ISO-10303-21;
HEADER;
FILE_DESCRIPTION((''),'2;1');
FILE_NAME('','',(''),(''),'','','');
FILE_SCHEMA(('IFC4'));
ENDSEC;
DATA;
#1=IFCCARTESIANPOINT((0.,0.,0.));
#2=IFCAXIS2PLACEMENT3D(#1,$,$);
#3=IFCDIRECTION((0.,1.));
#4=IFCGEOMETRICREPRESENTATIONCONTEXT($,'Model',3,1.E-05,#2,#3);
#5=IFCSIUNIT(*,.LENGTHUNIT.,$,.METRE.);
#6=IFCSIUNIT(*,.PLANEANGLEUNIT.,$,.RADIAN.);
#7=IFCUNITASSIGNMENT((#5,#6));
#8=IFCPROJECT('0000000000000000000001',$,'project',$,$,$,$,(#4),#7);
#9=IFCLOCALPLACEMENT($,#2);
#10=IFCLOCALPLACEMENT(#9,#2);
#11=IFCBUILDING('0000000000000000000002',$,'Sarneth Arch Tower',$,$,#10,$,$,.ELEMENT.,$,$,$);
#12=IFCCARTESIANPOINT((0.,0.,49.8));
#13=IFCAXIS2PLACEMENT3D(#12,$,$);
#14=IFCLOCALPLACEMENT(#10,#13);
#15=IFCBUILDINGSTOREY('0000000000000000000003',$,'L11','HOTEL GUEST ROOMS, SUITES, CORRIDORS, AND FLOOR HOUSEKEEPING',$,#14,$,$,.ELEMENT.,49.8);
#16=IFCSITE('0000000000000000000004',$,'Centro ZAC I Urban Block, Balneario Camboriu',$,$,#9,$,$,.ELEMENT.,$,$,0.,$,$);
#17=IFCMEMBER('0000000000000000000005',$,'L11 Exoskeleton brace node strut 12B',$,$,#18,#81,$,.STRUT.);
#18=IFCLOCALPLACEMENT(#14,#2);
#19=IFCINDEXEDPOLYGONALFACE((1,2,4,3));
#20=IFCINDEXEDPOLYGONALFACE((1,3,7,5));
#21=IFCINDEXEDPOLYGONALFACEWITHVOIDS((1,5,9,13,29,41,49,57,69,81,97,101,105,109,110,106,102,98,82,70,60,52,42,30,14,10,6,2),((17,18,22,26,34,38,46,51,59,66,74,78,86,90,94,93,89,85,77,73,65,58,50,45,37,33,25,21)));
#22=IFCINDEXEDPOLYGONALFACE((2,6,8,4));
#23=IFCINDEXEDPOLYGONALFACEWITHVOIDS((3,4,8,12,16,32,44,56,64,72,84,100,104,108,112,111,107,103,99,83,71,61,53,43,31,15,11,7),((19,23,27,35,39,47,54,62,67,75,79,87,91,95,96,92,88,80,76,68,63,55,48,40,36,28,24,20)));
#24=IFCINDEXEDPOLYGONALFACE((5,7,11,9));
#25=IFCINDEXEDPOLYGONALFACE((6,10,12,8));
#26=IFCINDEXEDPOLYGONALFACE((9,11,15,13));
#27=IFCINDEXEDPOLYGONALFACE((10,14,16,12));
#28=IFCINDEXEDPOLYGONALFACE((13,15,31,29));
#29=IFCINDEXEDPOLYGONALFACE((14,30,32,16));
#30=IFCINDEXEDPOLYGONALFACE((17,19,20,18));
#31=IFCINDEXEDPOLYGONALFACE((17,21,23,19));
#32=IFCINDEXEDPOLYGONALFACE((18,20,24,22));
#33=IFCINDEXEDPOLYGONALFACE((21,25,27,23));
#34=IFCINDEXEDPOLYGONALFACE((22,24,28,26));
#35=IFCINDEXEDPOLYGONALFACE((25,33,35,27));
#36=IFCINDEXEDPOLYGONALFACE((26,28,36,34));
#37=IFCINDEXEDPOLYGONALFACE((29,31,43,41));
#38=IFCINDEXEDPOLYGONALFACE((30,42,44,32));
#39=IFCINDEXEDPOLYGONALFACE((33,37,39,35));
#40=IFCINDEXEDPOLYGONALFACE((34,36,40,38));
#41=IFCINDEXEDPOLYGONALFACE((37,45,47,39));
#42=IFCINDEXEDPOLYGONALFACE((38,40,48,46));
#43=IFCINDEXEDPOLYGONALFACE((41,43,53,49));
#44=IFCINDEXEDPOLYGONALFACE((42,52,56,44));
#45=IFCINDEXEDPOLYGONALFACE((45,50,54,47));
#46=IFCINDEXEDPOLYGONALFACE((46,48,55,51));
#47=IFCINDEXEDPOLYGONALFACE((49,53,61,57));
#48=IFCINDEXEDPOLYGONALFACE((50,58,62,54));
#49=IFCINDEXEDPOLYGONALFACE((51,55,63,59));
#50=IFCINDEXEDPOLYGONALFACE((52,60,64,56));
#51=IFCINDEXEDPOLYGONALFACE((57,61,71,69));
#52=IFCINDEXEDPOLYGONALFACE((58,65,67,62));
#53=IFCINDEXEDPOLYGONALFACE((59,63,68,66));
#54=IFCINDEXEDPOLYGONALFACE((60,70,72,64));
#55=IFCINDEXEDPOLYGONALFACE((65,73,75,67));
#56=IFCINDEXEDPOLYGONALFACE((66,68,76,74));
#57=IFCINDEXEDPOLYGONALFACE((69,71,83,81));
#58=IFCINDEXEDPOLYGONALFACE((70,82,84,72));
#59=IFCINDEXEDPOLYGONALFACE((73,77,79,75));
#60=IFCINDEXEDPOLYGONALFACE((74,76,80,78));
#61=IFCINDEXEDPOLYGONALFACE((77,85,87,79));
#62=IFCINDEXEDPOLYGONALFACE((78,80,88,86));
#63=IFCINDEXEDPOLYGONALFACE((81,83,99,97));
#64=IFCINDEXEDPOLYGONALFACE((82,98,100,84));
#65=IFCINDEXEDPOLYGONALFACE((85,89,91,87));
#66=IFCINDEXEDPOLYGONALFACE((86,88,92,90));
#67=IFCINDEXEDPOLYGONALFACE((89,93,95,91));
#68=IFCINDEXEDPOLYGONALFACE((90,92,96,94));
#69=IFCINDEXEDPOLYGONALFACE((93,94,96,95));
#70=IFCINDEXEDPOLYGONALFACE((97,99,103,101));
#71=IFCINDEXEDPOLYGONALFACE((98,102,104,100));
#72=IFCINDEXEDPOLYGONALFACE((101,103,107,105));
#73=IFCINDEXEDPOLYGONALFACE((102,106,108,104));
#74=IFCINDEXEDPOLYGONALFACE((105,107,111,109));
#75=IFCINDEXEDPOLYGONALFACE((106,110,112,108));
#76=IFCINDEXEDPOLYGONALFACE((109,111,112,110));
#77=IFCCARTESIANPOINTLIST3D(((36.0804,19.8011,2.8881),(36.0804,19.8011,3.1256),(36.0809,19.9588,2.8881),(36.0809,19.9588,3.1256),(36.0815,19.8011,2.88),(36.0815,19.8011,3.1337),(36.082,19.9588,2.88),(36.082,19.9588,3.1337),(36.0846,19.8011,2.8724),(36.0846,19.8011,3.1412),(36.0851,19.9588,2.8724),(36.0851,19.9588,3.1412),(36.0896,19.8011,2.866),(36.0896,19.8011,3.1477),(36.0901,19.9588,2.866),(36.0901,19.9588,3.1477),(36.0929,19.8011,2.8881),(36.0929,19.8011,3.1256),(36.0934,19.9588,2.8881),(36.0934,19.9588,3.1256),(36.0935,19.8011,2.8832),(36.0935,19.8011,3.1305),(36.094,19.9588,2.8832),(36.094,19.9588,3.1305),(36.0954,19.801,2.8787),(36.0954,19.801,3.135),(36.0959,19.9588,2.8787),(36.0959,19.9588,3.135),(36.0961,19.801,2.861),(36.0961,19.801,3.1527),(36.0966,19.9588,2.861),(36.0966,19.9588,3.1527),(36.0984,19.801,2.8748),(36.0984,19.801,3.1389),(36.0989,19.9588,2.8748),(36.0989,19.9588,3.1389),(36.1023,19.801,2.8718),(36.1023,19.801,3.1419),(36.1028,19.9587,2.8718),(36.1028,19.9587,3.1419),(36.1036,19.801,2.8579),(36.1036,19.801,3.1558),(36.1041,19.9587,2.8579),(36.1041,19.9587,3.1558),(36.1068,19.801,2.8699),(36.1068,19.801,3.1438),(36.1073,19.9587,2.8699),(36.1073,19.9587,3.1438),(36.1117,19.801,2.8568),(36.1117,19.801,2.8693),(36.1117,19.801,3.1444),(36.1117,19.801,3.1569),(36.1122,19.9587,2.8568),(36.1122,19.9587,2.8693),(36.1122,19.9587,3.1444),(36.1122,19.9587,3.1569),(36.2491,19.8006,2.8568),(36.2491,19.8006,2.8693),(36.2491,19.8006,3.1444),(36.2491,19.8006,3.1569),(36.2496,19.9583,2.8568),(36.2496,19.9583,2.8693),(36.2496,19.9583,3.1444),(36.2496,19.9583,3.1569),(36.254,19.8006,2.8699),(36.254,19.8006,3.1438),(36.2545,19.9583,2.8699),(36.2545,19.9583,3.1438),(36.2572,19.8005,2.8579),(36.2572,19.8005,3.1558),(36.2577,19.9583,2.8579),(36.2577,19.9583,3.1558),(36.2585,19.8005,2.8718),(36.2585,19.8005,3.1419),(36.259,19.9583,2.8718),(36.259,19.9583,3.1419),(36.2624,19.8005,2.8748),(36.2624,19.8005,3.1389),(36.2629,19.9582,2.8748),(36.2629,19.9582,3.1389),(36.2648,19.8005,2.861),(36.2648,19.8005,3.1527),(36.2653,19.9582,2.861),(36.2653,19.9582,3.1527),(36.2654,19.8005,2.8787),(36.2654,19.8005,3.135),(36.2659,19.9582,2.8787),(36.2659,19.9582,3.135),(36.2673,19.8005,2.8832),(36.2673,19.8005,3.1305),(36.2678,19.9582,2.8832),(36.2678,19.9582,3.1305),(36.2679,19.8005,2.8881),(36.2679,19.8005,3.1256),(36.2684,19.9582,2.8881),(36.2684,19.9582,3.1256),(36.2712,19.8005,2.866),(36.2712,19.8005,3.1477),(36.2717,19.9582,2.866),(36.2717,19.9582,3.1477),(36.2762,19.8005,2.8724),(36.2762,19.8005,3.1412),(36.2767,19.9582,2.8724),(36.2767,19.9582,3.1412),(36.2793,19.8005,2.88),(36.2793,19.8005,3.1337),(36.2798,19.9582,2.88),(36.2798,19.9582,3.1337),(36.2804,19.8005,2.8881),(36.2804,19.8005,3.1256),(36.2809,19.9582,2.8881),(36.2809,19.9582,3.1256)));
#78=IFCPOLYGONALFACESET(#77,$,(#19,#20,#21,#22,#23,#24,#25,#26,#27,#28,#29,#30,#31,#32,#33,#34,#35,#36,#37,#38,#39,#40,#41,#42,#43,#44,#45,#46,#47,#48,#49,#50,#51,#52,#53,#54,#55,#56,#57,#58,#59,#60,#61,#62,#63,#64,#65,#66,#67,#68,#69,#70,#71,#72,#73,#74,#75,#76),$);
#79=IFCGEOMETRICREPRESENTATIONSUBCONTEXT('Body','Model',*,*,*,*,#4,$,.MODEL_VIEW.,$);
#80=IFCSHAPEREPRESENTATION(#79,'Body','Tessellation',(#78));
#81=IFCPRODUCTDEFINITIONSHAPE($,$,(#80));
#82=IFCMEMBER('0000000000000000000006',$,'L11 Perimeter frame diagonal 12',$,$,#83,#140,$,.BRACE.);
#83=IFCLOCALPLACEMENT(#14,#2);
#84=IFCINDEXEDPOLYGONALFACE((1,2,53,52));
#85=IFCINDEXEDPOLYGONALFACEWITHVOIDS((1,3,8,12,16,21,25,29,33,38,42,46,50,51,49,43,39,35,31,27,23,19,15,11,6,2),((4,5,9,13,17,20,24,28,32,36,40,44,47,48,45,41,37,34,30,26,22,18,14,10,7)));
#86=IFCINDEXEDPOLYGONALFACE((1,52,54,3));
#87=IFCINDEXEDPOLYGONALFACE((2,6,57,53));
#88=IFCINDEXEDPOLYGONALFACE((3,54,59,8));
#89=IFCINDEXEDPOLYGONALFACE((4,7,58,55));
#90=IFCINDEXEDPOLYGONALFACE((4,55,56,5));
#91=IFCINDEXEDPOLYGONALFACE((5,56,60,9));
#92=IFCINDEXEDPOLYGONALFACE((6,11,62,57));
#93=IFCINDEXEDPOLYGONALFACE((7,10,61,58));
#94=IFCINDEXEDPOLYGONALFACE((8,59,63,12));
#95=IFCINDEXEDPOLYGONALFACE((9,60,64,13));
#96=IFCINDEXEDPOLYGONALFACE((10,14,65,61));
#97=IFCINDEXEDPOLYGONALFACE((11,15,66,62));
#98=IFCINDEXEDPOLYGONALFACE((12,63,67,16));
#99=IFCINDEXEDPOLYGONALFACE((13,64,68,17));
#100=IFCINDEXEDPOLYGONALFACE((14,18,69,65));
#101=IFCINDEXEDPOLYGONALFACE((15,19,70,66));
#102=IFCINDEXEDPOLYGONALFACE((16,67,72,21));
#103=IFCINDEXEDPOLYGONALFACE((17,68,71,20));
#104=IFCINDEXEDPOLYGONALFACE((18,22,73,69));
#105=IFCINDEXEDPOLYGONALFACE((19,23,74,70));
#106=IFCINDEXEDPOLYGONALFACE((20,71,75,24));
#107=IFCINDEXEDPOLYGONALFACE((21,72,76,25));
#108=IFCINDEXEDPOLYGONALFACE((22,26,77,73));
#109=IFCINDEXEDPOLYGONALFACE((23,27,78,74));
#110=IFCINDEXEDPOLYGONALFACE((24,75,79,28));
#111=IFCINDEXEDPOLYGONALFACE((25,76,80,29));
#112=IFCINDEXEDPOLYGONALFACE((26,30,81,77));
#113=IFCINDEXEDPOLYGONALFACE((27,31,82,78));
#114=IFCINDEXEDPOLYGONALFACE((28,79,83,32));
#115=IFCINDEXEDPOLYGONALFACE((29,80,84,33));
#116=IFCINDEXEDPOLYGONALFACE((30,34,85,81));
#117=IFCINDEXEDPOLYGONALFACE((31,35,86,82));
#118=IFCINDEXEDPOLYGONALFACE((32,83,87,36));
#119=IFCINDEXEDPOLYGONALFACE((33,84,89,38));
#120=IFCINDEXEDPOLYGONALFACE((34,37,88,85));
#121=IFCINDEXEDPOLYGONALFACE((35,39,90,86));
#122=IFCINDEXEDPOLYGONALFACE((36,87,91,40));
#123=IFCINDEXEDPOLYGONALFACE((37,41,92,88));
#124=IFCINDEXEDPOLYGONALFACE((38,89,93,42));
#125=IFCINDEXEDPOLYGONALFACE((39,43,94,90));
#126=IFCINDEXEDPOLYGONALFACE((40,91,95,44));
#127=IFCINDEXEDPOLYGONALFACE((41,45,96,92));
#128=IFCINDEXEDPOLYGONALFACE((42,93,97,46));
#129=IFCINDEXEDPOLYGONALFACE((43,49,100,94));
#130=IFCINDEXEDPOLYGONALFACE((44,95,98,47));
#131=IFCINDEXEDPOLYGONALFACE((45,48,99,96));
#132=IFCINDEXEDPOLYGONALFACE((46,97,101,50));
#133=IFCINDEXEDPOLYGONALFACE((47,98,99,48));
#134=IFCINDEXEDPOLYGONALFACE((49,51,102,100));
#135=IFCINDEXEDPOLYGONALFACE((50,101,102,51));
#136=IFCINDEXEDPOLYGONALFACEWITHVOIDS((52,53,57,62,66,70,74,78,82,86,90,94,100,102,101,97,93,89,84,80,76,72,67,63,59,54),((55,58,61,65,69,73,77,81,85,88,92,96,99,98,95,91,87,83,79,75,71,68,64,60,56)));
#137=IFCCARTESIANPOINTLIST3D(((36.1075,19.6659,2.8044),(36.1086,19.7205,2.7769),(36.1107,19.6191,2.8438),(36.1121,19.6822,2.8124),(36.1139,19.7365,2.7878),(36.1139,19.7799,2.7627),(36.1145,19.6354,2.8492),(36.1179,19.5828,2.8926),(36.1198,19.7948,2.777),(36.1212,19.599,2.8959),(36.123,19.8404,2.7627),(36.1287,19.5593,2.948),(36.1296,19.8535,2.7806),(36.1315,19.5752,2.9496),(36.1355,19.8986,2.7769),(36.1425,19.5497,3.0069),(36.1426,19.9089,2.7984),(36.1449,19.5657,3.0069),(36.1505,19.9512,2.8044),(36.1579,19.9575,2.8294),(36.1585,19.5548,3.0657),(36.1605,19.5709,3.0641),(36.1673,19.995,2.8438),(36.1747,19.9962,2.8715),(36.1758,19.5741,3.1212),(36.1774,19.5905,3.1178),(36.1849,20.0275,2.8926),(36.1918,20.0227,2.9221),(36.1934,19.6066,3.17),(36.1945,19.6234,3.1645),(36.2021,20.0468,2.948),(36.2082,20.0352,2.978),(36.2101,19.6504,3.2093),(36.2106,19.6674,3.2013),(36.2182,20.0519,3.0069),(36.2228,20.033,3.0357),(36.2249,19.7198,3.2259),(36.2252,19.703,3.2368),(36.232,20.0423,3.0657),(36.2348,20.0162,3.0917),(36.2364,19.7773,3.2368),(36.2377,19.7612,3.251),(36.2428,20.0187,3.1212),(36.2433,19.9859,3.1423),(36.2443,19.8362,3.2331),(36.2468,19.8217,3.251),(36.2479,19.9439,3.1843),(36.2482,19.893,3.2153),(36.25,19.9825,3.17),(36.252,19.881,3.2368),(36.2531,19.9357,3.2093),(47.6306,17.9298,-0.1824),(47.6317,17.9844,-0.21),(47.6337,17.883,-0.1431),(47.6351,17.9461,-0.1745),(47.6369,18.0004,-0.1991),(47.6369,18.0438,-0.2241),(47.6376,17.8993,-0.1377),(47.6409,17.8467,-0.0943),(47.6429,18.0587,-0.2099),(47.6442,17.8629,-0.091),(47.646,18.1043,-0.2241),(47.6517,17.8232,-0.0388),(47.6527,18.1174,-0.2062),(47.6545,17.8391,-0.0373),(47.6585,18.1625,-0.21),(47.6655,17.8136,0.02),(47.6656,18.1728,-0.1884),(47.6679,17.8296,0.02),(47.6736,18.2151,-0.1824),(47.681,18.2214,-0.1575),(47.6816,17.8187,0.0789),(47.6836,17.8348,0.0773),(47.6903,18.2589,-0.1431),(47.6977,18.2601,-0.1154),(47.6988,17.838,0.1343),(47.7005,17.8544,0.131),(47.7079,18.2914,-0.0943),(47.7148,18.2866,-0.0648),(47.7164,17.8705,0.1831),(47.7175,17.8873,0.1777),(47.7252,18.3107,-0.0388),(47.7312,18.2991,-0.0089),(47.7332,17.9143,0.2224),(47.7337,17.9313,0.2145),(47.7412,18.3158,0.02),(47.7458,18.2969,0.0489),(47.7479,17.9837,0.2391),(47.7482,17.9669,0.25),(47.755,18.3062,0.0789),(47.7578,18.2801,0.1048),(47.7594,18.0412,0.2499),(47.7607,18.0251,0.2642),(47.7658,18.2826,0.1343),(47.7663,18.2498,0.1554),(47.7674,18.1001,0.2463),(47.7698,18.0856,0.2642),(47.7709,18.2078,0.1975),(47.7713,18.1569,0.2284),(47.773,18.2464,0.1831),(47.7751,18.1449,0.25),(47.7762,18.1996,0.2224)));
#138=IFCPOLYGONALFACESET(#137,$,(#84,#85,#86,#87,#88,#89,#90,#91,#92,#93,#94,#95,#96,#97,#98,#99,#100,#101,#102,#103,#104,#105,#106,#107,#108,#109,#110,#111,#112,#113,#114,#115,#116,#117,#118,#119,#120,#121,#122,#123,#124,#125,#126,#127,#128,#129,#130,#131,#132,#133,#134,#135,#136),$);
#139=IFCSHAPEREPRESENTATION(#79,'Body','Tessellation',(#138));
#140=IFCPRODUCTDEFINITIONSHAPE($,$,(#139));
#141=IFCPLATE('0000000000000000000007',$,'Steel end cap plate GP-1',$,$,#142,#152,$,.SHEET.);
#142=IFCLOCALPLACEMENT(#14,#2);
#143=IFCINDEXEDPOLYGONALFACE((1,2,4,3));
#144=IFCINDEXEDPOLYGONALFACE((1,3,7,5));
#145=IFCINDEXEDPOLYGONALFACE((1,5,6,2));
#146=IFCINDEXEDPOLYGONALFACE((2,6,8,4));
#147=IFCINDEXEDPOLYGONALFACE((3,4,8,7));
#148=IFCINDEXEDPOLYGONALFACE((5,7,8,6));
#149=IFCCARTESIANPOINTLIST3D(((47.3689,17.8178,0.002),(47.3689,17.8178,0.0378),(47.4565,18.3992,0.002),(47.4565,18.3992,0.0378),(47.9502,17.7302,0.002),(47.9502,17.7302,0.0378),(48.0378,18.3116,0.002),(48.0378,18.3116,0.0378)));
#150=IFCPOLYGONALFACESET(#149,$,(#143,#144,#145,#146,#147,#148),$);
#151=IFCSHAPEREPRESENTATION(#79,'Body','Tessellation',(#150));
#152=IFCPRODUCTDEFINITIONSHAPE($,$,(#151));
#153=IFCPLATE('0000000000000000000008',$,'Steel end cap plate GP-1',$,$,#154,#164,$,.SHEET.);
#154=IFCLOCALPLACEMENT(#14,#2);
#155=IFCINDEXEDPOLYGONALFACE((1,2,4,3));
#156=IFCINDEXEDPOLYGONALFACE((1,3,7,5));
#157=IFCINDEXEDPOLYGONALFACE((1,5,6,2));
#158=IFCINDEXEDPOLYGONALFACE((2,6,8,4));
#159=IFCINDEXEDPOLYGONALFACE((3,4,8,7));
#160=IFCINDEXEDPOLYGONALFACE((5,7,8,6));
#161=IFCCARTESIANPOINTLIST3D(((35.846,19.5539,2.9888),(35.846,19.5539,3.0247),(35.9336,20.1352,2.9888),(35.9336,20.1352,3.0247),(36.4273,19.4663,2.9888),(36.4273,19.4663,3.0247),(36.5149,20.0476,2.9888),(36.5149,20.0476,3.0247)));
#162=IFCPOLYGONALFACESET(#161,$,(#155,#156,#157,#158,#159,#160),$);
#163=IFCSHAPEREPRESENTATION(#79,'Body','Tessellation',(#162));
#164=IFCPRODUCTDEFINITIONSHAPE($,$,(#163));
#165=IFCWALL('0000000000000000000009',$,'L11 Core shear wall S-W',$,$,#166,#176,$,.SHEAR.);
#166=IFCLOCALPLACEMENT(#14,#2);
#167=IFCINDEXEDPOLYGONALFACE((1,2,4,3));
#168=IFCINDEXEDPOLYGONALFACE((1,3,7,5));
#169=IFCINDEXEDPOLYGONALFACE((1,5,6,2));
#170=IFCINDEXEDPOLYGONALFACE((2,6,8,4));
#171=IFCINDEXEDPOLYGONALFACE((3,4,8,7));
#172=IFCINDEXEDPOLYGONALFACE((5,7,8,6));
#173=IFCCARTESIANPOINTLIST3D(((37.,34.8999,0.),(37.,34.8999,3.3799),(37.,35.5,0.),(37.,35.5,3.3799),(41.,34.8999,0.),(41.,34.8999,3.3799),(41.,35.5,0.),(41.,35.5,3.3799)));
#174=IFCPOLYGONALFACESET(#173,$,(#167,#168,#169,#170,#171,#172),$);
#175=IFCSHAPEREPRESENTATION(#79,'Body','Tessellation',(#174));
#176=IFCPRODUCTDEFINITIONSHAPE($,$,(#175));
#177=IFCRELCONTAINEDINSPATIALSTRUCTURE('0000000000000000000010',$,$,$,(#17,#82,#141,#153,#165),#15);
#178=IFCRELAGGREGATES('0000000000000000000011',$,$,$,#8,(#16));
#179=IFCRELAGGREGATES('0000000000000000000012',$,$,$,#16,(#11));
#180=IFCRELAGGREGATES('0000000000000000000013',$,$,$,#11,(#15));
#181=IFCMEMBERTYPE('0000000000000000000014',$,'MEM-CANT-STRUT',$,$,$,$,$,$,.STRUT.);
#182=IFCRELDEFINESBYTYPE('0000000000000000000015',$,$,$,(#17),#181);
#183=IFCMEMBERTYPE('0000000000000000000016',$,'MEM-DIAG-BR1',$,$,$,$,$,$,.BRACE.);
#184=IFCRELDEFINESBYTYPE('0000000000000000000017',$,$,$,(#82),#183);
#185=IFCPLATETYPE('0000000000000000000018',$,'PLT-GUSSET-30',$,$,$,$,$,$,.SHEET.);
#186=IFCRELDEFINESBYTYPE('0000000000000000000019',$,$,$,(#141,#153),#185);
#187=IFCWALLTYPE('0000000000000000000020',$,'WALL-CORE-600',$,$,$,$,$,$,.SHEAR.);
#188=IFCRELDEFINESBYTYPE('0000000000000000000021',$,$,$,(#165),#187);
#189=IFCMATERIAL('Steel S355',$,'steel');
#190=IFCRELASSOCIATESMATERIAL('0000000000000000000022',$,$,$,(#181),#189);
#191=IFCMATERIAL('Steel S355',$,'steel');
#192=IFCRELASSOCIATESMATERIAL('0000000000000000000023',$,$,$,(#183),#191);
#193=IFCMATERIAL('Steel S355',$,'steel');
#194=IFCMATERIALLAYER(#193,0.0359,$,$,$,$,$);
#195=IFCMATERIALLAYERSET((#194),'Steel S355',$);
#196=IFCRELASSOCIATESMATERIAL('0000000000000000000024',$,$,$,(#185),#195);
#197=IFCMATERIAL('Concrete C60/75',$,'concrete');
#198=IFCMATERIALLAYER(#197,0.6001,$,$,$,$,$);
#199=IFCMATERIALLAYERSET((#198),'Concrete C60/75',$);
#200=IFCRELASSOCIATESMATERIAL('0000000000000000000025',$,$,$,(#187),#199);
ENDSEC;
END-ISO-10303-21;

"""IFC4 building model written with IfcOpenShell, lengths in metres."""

from ifc_helpers import new_model, si_unit, direction, frame, frame_2d, origin, origin_2d, place, context, subcontext, project, spatial, rectangle, hollow_rectangle, hollow_circle, extrude, material, layer, layer_set, material_profile, profile_set, type_object, element, save


model = new_model("IFC4")

# Units and contexts
model_context = context("Model", 3, precision=1e-05, world=origin(), true_north=direction((0.0, 1.0)))
body_context = subcontext(model_context, "Body", "Model", "MODEL_VIEW")
ifc_project = project(units=[si_unit("LENGTHUNIT", "METRE"), si_unit("PLANEANGLEUNIT", "RADIAN")], contexts=[model_context])

# Site, building, storey
site_placement = place(None, origin())
site = spatial("IfcSite", under=ifc_project, at=site_placement, Name="Centro ZAC I Urban Block, Balneario Camboriu", CompositionType="ELEMENT", RefElevation=0.0)
building_placement = place(site_placement, origin())
building = spatial("IfcBuilding", under=site, at=building_placement, Name="Sarneth Arch Tower", CompositionType="ELEMENT")
storey_placement = place(building_placement, frame((0.0, 0.0, 49.8)))
storey = spatial("IfcBuildingStorey", under=building, at=storey_placement, Name="L11", Description="HOTEL GUEST ROOMS, SUITES, CORRIDORS, AND FLOOR HOUSEKEEPING", CompositionType="ELEMENT", Elevation=49.8)

# Members
ifc_material_1 = material(Name="Steel S355", Category="steel")
ifc_material_profile_1 = material_profile(ifc_material_1, hollow_rectangle(XDim=0.2, YDim=0.3, WallThickness=0.0125, InnerFilletRadius=0.0188, OuterFilletRadius=0.0312, at=origin_2d()), Name="RHS300x200x12.5")
ifc_profile_set_1 = profile_set([ifc_material_profile_1], Name="Steel S355")
member_type_1 = type_object("IfcMemberType", Name="MEM-CANT-STRUT", PredefinedType="STRUT", material=ifc_profile_set_1)
member_1_placement = place(storey_placement, frame((36.1809, 19.9585, 3.0068), z_axis=(-0.003096, -0.999995, 0.0), x_axis=(0.999995, -0.003096, 0.0)))
element("IfcMember", 1, at=member_1_placement, inside=storey, type_object=member_type_1, Name="L11 Exoskeleton brace node strut 12B", PredefinedType="STRUT", context=body_context, shape_type="SweptSolid", body=[
    extrude(hollow_rectangle(XDim=0.2, YDim=0.3, WallThickness=0.0125, InnerFilletRadius=0.0188, OuterFilletRadius=0.0312, at=origin_2d()), origin(), (0.0, 0.0, 1.0), 0.1577),
])
ifc_material_2 = material(Name="Steel S355", Category="steel")
ifc_material_profile_2 = material_profile(ifc_material_2, hollow_circle(Radius=0.2539, WallThickness=0.0161, at=origin_2d()), Name="CHS508x16")
ifc_profile_set_2 = profile_set([ifc_material_profile_2], Name="Steel S355")
member_type_2 = type_object("IfcMemberType", Name="MEM-DIAG-BR1", PredefinedType="BRACE", material=ifc_profile_set_2)
member_2_placement = place(storey_placement, frame((47.7034, 18.0647, 0.02), z_axis=(-0.957876, 0.144317, 0.248287), x_axis=(-0.148982, -0.98884, 0.0)))
element("IfcMember", 2, at=member_2_placement, inside=storey, type_object=member_type_2, Name="L11 Perimeter frame diagonal 12", PredefinedType="BRACE", context=body_context, shape_type="SweptSolid", body=[
    extrude(hollow_circle(Radius=0.2539, WallThickness=0.0161, at=origin_2d()), origin(), (0.0, 0.0, 1.0), 12.0298),
])

# Plates
ifc_material_3 = material(Name="Steel S355", Category="steel")
ifc_layer_1 = layer(ifc_material_3, 0.0359)
ifc_layer_set_1 = layer_set([ifc_layer_1], Name="Steel S355")
plate_type = type_object("IfcPlateType", Name="PLT-GUSSET-30", PredefinedType="SHEET", material=ifc_layer_set_1)
for number, where, z_axis, x_axis, name in (
    (3, (47.7034, 18.0647, 0.002), (0.0, 0.0, 1.0), (0.988835, -0.149018, 0.0), "Steel end cap plate GP-1"),
    (4, (36.1804, 19.8008, 2.9888), (0.0, 0.0, 1.0), (0.988835, -0.149018, 0.0), "Steel end cap plate GP-1"),
):
    element("IfcPlate", number, at=place(storey_placement, frame(where, z_axis=z_axis, x_axis=x_axis)), inside=storey, type_object=plate_type, Name=name, PredefinedType="SHEET", context=body_context, shape_type="SweptSolid", body=[
        extrude(rectangle(XDim=0.5879, YDim=0.5879, at=origin_2d()), origin(), (0.0, 0.0, 1.0), 0.0359),
    ])

# Wall
ifc_material_4 = material(Name="Concrete C60/75", Category="concrete")
ifc_layer_2 = layer(ifc_material_4, 0.6001)
ifc_layer_set_2 = layer_set([ifc_layer_2], Name="Concrete C60/75")
wall_type_1 = type_object("IfcWallType", Name="WALL-CORE-600", PredefinedType="SHEAR", material=ifc_layer_set_2)
wall_1_placement = place(storey_placement, frame((37.0, 35.2, 0.0), z_axis=(0.0, 0.0, 1.0), x_axis=(1.0, 0.0, 0.0)))
element("IfcWall", 5, at=wall_1_placement, inside=storey, type_object=wall_type_1, Name="L11 Core shear wall S-W", PredefinedType="SHEAR", context=body_context, shape_type="SweptSolid", body=[
    extrude(rectangle(XDim=4.0, YDim=0.6001, at=frame_2d((2.0, 0.0))), origin(), (0.0, 0.0, 1.0), 3.3799),
])

save(model, "model.ifc")
